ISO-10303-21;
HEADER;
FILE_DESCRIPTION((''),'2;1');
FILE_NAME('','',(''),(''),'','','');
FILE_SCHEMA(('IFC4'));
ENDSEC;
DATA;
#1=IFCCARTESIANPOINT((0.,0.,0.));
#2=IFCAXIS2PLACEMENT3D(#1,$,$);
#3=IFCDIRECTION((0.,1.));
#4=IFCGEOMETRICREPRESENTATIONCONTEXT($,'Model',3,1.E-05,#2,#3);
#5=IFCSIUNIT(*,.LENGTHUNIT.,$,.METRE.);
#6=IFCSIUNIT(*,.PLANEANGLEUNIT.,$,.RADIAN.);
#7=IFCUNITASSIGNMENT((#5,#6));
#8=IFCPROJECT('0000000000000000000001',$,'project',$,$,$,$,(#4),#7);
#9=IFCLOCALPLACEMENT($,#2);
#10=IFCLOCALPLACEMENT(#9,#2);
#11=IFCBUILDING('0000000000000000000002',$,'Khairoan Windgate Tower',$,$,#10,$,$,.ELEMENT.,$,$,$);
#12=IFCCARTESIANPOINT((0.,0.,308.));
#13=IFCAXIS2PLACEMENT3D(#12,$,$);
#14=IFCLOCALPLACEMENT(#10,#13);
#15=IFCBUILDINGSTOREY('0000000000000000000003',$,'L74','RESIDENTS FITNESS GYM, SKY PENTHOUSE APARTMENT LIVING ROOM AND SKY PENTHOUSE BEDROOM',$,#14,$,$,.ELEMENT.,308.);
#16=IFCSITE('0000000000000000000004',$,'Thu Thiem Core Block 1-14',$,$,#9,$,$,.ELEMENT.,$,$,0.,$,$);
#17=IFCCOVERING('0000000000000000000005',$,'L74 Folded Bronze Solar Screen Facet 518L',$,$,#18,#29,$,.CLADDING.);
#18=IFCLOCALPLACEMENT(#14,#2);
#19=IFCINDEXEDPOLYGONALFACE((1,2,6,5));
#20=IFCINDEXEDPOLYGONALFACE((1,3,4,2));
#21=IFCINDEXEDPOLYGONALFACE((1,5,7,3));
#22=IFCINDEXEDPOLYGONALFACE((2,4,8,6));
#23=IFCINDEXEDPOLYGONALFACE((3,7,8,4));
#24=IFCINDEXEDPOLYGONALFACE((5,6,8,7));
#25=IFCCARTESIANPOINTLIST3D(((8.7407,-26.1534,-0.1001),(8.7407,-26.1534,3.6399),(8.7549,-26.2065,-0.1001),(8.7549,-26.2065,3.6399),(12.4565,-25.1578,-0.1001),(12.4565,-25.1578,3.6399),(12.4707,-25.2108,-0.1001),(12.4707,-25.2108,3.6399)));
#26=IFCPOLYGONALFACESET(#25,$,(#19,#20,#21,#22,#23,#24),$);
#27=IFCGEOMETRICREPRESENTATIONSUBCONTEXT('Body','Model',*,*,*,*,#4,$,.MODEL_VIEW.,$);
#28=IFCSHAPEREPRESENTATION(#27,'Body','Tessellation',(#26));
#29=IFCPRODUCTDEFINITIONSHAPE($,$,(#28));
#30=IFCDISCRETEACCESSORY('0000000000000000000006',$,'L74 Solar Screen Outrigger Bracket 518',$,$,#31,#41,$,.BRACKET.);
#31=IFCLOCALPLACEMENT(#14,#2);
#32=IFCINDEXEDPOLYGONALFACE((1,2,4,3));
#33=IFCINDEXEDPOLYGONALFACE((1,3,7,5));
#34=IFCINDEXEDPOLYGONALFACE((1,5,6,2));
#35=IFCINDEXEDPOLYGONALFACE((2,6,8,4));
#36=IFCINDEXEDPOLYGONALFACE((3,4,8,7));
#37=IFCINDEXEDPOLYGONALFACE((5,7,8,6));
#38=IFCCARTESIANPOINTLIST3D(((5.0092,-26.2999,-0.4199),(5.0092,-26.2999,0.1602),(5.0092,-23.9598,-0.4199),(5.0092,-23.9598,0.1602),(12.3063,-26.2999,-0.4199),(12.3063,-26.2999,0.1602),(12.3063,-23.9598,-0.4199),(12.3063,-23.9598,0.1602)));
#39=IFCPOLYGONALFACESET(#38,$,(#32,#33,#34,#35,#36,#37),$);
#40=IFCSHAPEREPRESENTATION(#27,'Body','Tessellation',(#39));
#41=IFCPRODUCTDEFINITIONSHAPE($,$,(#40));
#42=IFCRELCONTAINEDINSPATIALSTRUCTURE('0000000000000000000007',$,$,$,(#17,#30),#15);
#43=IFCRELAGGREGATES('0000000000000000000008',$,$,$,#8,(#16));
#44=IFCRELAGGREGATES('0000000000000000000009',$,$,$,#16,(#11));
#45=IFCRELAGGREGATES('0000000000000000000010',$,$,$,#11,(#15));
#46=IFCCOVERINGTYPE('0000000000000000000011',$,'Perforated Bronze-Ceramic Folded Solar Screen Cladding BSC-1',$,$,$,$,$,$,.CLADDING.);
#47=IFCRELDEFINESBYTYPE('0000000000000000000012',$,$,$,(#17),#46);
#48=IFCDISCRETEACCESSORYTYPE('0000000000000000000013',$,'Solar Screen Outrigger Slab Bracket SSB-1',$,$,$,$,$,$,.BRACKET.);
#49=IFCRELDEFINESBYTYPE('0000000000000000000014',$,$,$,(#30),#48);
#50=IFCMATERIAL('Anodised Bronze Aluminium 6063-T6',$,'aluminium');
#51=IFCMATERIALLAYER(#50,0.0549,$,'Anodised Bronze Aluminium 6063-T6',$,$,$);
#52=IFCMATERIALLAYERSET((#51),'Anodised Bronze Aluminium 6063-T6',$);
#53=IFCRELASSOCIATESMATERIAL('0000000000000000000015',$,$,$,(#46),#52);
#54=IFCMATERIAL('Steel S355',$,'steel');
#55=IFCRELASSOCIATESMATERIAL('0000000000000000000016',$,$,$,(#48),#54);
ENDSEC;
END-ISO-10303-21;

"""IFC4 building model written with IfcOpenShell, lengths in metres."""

from ifc_helpers import new_model, si_unit, direction, frame, origin, origin_2d, place, context, subcontext, project, spatial, rectangle, extrude, material, layer, layer_set, type_object, element, save


model = new_model("IFC4")

# Units and contexts
model_context = context("Model", 3, precision=1e-05, world=origin(), true_north=direction((0.0, 1.0)))
body_context = subcontext(model_context, "Body", "Model", "MODEL_VIEW")
ifc_project = project(units=[si_unit("LENGTHUNIT", "METRE"), si_unit("PLANEANGLEUNIT", "RADIAN")], contexts=[model_context])

# Site, building, storey
site_placement = place(None, origin())
site = spatial("IfcSite", under=ifc_project, at=site_placement, Name="Thu Thiem Core Block 1-14", CompositionType="ELEMENT", RefElevation=0.0)
building_placement = place(site_placement, origin())
building = spatial("IfcBuilding", under=site, at=building_placement, Name="Khairoan Windgate Tower", CompositionType="ELEMENT")
storey_placement = place(building_placement, frame((0.0, 0.0, 308.0)))
storey = spatial("IfcBuildingStorey", under=building, at=storey_placement, Name="L74", Description="RESIDENTS FITNESS GYM, SKY PENTHOUSE APARTMENT LIVING ROOM AND SKY PENTHOUSE BEDROOM", CompositionType="ELEMENT", Elevation=308.0)

# Covering
ifc_material_1 = material(Name="Anodised Bronze Aluminium 6063-T6", Category="aluminium")
ifc_layer_1 = layer(ifc_material_1, 0.0549, Name="Anodised Bronze Aluminium 6063-T6")
ifc_layer_set_1 = layer_set([ifc_layer_1], Name="Anodised Bronze Aluminium 6063-T6")
covering_type = type_object("IfcCoveringType", Name="Perforated Bronze-Ceramic Folded Solar Screen Cladding BSC-1", PredefinedType="CLADDING", material=ifc_layer_set_1)
covering_placement = place(storey_placement, frame((10.6057, -25.6821, -0.1001), z_axis=(0.0, 0.0, 1.0), x_axis=(-0.965926, -0.258819, 0.0)))
element("IfcCovering", 1, at=covering_placement, inside=storey, type_object=covering_type, Name="L74 Folded Bronze Solar Screen Facet 518L", PredefinedType="CLADDING", context=body_context, shape_type="SweptSolid", body=[
    extrude(rectangle(XDim=3.8469, YDim=0.0549, at=origin_2d()), origin(), (0.0, 0.0, 1.0), 3.74),
])

# Discrete accessory
ifc_material_2 = material(Name="Steel S355", Category="steel")
discrete_accessory_type = type_object("IfcDiscreteAccessoryType", Name="Solar Screen Outrigger Slab Bracket SSB-1", PredefinedType="BRACKET", material=ifc_material_2)
discrete_accessory_placement = place(storey_placement, frame((8.6577, -25.1299, -0.4199), z_axis=(0.0, 0.0, 1.0), x_axis=(-1.0, 0.0, 0.0)))
element("IfcDiscreteAccessory", 2, at=discrete_accessory_placement, inside=storey, type_object=discrete_accessory_type, Name="L74 Solar Screen Outrigger Bracket 518", PredefinedType="BRACKET", context=body_context, shape_type="SweptSolid", body=[
    extrude(rectangle(XDim=7.2971, YDim=2.3401, at=origin_2d()), origin(), (0.0, 0.0, 1.0), 0.5801),
])

save(model, "model.ifc")
